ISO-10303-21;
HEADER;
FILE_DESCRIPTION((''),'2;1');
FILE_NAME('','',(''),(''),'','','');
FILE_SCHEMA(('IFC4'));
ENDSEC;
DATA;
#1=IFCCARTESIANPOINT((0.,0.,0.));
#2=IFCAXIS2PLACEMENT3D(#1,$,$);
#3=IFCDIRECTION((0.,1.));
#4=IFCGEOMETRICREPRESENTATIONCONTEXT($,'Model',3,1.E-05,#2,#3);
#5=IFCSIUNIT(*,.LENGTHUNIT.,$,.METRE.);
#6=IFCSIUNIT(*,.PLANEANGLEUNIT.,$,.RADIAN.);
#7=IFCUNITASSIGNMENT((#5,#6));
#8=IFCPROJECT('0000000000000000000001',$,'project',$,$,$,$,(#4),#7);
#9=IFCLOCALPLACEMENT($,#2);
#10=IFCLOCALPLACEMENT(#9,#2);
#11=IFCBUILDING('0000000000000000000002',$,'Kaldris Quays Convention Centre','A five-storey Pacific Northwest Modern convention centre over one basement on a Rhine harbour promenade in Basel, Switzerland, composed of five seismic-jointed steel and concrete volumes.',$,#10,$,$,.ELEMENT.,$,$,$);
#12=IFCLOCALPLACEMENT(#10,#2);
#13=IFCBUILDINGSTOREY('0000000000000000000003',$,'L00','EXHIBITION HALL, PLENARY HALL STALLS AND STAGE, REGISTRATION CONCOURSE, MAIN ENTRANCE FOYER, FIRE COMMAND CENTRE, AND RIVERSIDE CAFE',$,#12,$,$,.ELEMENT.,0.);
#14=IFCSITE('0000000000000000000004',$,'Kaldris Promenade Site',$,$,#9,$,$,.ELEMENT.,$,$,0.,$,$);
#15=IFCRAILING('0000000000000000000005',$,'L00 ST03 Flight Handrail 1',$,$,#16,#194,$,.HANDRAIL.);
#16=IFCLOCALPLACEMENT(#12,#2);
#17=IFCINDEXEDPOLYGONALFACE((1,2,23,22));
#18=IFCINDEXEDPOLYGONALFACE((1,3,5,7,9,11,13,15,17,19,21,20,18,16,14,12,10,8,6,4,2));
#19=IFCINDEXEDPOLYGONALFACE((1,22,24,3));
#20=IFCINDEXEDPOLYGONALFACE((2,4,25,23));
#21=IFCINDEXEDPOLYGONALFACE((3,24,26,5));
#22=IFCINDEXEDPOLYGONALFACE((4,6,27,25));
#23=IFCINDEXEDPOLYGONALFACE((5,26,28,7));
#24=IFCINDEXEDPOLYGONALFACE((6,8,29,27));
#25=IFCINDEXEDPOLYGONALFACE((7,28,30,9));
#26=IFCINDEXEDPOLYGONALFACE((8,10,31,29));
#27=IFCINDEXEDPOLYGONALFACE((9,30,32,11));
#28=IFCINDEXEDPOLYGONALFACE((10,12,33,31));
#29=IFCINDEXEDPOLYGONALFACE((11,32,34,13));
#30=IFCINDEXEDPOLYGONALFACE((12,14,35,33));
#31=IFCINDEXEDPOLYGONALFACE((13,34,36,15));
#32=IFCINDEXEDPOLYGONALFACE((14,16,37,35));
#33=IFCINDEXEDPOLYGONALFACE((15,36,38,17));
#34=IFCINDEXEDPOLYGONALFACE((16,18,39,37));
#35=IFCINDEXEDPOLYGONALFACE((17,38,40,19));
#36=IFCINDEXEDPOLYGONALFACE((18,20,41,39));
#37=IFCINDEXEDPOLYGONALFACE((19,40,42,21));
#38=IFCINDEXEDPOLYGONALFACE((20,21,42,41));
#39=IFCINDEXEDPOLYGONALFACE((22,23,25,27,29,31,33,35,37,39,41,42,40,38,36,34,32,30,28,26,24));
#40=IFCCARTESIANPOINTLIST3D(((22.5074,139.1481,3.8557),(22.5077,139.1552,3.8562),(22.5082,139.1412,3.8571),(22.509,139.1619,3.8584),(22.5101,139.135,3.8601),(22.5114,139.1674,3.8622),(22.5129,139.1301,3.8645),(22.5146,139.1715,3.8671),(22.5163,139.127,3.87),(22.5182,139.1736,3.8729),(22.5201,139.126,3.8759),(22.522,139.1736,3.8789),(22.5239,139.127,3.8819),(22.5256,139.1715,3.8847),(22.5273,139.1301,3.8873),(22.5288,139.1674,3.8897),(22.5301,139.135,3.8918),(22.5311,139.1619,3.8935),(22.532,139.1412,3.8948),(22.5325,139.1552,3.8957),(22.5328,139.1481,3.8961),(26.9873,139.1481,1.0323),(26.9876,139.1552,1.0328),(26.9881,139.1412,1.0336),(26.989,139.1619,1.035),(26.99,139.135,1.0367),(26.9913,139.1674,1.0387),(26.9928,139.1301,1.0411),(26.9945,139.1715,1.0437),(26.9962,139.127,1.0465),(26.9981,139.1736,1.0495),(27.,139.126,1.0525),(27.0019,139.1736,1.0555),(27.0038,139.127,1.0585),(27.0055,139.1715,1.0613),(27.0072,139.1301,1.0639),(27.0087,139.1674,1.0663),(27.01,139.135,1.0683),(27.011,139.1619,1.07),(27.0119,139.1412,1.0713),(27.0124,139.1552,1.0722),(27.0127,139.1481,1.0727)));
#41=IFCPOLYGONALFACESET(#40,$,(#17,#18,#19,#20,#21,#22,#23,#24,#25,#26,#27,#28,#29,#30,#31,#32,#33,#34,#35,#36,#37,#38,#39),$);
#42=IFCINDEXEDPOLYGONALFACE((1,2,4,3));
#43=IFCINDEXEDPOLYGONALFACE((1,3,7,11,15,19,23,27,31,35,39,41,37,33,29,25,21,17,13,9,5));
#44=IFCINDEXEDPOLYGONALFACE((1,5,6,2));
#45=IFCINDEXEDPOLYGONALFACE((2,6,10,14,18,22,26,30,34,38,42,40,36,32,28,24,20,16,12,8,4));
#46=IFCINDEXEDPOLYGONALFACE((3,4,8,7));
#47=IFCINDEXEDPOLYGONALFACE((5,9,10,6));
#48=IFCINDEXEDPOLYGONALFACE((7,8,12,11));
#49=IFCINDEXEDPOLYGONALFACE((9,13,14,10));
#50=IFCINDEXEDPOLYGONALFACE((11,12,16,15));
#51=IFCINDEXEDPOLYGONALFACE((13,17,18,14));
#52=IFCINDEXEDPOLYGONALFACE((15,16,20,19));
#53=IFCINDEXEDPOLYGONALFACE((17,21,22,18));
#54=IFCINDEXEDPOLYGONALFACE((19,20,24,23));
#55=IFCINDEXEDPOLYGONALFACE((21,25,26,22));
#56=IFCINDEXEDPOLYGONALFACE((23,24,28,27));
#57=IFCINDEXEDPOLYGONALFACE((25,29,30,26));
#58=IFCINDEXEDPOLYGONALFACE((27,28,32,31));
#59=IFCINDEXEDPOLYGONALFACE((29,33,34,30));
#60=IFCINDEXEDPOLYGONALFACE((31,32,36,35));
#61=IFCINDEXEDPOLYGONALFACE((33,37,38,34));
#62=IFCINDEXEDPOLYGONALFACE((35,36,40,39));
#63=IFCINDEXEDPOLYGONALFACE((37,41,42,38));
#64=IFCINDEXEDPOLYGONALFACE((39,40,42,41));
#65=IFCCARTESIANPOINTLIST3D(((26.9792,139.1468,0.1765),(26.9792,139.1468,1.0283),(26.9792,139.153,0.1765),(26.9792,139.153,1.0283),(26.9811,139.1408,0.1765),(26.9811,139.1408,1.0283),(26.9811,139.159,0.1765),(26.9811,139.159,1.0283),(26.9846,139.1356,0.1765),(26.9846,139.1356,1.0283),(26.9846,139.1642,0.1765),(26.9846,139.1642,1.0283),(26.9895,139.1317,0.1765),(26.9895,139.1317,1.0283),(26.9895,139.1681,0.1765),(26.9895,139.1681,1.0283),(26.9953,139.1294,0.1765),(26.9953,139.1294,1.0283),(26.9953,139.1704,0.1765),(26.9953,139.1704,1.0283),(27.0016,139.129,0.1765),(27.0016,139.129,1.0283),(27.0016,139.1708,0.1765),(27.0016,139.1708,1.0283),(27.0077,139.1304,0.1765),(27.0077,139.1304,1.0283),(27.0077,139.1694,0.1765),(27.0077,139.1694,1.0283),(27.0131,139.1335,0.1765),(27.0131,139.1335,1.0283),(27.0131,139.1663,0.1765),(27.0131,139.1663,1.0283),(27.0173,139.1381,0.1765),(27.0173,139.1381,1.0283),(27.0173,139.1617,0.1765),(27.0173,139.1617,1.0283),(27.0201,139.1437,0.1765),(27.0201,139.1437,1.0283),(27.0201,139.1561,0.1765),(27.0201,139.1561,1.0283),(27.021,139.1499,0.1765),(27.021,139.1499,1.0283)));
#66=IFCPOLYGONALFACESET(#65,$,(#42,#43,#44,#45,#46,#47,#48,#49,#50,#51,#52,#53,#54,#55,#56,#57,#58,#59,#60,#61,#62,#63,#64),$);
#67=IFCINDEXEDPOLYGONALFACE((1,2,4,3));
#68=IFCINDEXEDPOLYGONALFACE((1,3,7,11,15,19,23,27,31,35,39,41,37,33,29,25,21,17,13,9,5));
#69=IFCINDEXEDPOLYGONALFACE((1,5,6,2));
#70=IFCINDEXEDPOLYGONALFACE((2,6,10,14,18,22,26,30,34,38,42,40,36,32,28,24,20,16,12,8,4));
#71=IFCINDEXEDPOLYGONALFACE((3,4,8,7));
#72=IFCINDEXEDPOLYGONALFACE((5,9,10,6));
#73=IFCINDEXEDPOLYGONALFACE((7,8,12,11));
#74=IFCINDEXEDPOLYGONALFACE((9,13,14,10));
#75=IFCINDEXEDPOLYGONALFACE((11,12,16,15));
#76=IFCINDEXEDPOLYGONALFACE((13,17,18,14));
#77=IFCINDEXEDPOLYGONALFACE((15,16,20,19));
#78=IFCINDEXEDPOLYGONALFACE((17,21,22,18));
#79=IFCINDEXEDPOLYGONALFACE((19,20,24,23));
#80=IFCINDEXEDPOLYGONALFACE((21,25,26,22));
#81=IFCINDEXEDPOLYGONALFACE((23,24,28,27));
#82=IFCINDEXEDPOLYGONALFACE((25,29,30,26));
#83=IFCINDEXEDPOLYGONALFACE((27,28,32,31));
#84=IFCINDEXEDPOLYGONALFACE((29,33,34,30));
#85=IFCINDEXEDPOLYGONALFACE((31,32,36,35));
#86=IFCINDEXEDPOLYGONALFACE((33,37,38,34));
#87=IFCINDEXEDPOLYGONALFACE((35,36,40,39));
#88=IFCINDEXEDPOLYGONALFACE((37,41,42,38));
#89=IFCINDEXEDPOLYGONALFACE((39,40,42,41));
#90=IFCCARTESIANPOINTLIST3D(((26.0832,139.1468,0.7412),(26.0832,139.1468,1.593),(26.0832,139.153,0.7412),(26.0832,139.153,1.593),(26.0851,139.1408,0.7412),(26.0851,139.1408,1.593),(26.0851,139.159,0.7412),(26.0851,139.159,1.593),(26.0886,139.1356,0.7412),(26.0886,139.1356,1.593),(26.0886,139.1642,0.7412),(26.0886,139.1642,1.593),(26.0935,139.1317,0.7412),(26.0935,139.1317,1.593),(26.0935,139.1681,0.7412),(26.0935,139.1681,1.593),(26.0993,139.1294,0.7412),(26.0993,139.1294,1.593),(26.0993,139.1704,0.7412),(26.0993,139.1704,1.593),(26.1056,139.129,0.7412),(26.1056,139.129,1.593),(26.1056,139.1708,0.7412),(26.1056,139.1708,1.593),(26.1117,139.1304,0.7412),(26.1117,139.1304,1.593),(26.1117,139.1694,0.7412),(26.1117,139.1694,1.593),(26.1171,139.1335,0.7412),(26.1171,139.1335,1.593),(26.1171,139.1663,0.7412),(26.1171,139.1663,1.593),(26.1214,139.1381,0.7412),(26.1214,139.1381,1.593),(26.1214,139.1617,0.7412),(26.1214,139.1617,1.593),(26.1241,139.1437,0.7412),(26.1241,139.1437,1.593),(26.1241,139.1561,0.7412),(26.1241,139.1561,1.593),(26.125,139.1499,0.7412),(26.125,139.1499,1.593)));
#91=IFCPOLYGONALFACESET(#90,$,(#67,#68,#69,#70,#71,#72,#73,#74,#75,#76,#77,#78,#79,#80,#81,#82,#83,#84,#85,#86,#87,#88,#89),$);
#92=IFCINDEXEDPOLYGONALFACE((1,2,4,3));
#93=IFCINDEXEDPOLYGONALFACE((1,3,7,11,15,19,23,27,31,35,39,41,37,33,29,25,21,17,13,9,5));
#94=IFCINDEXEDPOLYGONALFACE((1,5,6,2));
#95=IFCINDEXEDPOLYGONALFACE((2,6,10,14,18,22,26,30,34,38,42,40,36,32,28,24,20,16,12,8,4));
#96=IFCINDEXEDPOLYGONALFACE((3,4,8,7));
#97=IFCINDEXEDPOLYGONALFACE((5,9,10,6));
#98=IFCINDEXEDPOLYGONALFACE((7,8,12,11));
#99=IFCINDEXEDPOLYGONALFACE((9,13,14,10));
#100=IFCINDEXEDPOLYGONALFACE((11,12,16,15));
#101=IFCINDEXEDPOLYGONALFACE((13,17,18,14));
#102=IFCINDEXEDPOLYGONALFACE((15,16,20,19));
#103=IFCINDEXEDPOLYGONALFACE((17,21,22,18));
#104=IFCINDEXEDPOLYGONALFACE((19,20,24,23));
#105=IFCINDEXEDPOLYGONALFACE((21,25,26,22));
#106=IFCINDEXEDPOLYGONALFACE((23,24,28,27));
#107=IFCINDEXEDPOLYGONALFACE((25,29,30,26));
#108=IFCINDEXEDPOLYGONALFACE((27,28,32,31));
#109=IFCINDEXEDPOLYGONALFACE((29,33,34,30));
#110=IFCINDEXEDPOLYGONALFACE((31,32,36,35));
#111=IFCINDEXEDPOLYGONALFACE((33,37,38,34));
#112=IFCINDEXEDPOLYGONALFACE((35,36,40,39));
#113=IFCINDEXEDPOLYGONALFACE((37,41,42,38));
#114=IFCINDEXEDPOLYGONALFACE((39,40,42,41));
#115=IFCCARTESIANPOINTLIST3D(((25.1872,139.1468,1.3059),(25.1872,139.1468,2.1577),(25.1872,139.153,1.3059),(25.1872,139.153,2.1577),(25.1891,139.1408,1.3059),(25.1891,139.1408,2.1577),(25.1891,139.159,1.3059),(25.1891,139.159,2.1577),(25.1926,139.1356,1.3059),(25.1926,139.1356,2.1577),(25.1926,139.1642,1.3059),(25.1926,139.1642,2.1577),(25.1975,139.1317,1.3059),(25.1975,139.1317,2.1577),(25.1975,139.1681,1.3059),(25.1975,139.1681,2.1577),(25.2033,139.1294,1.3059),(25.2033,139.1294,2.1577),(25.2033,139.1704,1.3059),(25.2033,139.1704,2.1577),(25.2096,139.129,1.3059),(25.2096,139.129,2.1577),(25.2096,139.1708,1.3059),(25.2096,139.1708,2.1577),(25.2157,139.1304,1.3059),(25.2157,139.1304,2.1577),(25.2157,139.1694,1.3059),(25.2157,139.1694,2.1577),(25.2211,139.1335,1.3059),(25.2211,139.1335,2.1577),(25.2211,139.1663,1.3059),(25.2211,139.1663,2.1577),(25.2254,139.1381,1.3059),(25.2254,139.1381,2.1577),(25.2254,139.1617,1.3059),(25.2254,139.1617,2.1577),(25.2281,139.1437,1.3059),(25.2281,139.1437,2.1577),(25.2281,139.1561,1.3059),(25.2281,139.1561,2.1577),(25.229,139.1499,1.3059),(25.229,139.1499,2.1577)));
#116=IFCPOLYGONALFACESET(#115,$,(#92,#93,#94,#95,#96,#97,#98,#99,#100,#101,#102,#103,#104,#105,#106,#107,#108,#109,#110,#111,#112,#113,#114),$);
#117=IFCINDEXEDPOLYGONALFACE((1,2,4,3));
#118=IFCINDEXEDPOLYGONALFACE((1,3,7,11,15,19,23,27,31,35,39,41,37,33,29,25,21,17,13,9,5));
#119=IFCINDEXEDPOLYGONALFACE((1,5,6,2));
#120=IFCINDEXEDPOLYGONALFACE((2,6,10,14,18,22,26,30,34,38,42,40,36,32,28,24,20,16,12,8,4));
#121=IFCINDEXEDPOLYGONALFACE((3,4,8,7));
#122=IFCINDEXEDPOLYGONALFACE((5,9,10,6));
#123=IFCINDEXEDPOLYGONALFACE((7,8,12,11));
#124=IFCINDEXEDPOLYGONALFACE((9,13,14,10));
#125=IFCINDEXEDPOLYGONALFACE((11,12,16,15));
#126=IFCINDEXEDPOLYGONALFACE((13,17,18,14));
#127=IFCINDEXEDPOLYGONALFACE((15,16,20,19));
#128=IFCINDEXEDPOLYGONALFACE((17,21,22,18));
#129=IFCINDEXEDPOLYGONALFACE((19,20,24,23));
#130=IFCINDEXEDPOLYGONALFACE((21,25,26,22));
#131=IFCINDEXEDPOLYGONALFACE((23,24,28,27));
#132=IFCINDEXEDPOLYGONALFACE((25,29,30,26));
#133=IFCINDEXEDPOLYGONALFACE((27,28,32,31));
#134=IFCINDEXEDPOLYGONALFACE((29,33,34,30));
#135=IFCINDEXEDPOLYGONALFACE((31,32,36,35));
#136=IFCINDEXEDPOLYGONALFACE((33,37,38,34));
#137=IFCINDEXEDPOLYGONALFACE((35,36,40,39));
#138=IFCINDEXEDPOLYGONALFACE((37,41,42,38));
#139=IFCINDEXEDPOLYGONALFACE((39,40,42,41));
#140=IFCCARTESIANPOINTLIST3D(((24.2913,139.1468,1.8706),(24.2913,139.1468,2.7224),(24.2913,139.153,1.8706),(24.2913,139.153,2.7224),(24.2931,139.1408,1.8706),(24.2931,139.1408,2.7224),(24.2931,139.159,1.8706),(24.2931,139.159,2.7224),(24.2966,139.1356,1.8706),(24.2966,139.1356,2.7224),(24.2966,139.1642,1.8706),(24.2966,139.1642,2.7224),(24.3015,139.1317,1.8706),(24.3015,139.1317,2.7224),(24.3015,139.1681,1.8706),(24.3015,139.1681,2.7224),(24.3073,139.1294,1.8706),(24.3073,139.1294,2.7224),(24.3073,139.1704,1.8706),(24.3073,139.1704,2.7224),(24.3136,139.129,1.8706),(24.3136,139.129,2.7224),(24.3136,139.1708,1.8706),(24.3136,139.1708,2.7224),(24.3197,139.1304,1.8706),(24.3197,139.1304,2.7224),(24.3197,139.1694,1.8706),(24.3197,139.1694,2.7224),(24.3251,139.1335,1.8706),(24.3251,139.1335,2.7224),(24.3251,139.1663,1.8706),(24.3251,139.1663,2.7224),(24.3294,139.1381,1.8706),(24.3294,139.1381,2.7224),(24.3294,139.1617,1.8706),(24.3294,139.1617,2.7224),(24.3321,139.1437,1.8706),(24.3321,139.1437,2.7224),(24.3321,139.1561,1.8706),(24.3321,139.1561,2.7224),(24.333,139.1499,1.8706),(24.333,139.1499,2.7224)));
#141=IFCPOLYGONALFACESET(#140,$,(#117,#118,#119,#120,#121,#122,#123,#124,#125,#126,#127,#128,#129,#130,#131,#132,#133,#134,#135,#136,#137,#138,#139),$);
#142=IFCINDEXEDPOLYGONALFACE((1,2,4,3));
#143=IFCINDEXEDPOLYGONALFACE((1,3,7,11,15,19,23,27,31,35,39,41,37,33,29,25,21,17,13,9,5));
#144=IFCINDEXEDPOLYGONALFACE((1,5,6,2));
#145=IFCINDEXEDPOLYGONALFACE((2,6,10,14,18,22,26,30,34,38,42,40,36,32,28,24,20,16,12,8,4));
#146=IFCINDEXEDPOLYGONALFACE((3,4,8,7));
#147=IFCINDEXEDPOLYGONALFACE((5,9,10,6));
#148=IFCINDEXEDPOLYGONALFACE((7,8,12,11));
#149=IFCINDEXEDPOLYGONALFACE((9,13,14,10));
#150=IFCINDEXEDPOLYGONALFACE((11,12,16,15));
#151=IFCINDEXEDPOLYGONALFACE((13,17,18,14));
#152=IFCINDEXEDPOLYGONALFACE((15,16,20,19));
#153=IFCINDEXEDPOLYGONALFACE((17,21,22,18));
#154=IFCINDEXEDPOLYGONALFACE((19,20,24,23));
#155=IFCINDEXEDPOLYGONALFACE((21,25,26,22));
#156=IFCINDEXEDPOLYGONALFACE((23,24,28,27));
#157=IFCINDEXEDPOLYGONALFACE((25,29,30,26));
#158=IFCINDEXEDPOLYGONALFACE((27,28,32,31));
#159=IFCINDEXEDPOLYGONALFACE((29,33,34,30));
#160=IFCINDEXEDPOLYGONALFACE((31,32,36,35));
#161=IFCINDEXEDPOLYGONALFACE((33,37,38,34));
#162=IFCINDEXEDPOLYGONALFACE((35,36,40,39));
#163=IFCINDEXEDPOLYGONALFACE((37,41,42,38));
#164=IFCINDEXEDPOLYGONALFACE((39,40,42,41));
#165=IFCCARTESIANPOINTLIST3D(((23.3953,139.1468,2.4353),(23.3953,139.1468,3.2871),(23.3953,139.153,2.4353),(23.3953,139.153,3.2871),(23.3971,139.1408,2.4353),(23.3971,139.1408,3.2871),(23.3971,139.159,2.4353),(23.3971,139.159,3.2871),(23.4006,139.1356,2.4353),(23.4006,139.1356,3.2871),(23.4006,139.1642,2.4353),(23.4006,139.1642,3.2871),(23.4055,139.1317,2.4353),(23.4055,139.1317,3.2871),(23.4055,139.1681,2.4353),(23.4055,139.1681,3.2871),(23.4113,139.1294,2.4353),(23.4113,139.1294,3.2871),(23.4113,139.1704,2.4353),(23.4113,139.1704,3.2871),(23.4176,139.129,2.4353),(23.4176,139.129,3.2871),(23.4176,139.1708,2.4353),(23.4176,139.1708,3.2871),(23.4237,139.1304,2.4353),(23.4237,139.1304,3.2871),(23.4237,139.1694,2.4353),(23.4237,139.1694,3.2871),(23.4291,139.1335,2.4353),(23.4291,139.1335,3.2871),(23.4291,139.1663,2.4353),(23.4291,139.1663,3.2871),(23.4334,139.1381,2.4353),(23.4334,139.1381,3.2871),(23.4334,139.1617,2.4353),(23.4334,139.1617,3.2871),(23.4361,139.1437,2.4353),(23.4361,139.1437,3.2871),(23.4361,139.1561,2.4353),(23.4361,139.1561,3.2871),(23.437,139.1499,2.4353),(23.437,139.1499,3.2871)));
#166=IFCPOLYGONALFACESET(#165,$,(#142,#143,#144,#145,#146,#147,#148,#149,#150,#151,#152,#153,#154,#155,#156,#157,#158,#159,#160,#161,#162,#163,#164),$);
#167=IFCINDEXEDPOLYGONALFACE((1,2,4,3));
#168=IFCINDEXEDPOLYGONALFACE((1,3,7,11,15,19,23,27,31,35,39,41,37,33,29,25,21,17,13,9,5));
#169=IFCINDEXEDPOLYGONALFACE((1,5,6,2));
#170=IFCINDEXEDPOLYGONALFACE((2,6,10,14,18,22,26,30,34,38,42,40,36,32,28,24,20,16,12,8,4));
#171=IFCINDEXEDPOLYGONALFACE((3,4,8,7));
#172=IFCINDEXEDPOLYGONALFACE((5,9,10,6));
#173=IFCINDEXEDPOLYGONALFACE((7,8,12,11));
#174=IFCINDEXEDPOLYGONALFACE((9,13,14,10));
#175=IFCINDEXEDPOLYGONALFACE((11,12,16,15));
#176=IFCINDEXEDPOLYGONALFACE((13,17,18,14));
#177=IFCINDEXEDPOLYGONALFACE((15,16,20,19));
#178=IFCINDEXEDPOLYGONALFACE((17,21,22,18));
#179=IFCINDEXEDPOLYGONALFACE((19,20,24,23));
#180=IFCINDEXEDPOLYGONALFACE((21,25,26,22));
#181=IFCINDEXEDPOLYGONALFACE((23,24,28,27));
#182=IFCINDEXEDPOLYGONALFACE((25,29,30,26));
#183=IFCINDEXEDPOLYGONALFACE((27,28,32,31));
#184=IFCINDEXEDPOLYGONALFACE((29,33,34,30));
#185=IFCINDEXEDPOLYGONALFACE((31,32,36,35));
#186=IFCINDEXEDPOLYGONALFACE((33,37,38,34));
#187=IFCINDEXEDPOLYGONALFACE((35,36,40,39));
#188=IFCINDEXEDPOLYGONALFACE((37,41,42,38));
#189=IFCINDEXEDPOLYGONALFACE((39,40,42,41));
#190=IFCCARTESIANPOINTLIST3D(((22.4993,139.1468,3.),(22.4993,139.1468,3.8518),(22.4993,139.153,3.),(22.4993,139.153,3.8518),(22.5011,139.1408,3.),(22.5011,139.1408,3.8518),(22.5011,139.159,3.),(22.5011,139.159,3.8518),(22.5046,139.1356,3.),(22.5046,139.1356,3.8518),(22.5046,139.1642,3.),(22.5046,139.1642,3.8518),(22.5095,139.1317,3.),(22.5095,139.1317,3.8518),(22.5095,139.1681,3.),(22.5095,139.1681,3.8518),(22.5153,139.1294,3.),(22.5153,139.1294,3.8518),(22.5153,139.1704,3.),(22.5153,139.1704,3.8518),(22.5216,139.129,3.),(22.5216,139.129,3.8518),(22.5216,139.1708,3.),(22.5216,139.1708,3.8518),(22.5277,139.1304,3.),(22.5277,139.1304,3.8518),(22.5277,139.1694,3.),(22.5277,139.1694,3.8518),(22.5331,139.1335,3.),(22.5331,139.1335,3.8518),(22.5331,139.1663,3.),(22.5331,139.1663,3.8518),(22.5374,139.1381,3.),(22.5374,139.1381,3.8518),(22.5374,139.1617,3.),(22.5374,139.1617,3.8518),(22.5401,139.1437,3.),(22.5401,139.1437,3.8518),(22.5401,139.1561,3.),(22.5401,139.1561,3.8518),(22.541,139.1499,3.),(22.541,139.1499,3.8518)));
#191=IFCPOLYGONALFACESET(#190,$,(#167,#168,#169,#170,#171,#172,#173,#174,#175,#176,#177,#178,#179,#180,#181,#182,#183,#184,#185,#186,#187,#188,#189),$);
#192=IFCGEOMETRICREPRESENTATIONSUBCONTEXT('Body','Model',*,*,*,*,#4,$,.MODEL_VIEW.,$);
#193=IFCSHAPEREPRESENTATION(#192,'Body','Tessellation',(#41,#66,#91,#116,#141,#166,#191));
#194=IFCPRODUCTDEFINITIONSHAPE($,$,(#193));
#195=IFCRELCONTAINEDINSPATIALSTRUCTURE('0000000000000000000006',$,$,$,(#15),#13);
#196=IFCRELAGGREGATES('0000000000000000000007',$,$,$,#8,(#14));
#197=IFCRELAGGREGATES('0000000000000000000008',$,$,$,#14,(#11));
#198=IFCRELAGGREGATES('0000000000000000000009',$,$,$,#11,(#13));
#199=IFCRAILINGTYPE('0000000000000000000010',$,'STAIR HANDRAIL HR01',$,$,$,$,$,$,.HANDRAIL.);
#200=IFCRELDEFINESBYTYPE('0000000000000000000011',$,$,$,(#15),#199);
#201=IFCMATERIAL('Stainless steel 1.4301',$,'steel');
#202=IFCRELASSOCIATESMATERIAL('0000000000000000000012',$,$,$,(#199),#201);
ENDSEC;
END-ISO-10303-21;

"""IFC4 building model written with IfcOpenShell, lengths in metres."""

from ifc_helpers import new_model, si_unit, direction, frame, origin, origin_2d, place, context, subcontext, project, spatial, circle, extrude, material, type_object, element, save


model = new_model("IFC4")

# Units and contexts
model_context = context("Model", 3, precision=1e-05, world=origin(), true_north=direction((0.0, 1.0)))
body_context = subcontext(model_context, "Body", "Model", "MODEL_VIEW")
ifc_project = project(units=[si_unit("LENGTHUNIT", "METRE"), si_unit("PLANEANGLEUNIT", "RADIAN")], contexts=[model_context])

# Site, building, storey
site_placement = place(None, origin())
site = spatial("IfcSite", under=ifc_project, at=site_placement, Name="Kaldris Promenade Site", CompositionType="ELEMENT", RefElevation=0.0)
building_placement = place(site_placement, origin())
building = spatial("IfcBuilding", under=site, at=building_placement, Name="Kaldris Quays Convention Centre", Description="A five-storey Pacific Northwest Modern convention centre over one basement on a Rhine harbour promenade in Basel, Switzerland, composed of five seismic-jointed steel and concrete volumes.", CompositionType="ELEMENT")
storey_placement = place(building_placement, origin())
storey = spatial("IfcBuildingStorey", under=building, at=storey_placement, Name="L00", Description="EXHIBITION HALL, PLENARY HALL STALLS AND STAGE, REGISTRATION CONCOURSE, MAIN ENTRANCE FOYER, FIRE COMMAND CENTRE, AND RIVERSIDE CAFE", CompositionType="ELEMENT", Elevation=0.0)

# Railing
ifc_material_1 = material(Name="Stainless steel 1.4301", Category="steel")
railing_type_1 = type_object("IfcRailingType", Name="STAIR HANDRAIL HR01", PredefinedType="HANDRAIL", material=ifc_material_1)
railing_1_placement = place(storey_placement, frame((27.0, 139.1499, 0.1765)))
element("IfcRailing", 1, at=railing_1_placement, inside=storey, type_object=railing_type_1, Name="L00 ST03 Flight Handrail 1", PredefinedType="HANDRAIL", context=body_context, shape_type="SweptSolid", body=[
    extrude(circle(Radius=0.0239, at=origin_2d()), frame((0.0, 0.0, 0.876), z_axis=(-0.845998, 0.0, 0.533186), x_axis=(0.0, -1.0, 0.0)), (0.0, 0.0, 1.0), 5.2954),
    extrude(circle(Radius=0.021, at=origin_2d()), origin(), (0.0, 0.0, 1.0), 0.8518),
    extrude(circle(Radius=0.021, at=origin_2d()), frame((-0.896, 0.0, 0.5647)), (0.0, 0.0, 1.0), 0.8518),
    extrude(circle(Radius=0.021, at=origin_2d()), frame((-1.792, 0.0, 1.1294)), (0.0, 0.0, 1.0), 0.8518),
    extrude(circle(Radius=0.021, at=origin_2d()), frame((-2.688, 0.0, 1.6941)), (0.0, 0.0, 1.0), 0.8518),
    extrude(circle(Radius=0.021, at=origin_2d()), frame((-3.584, 0.0, 2.2588)), (0.0, 0.0, 1.0), 0.8518),
    extrude(circle(Radius=0.021, at=origin_2d()), frame((-4.48, 0.0, 2.8235)), (0.0, 0.0, 1.0), 0.8518),
])

save(model, "model.ifc")
